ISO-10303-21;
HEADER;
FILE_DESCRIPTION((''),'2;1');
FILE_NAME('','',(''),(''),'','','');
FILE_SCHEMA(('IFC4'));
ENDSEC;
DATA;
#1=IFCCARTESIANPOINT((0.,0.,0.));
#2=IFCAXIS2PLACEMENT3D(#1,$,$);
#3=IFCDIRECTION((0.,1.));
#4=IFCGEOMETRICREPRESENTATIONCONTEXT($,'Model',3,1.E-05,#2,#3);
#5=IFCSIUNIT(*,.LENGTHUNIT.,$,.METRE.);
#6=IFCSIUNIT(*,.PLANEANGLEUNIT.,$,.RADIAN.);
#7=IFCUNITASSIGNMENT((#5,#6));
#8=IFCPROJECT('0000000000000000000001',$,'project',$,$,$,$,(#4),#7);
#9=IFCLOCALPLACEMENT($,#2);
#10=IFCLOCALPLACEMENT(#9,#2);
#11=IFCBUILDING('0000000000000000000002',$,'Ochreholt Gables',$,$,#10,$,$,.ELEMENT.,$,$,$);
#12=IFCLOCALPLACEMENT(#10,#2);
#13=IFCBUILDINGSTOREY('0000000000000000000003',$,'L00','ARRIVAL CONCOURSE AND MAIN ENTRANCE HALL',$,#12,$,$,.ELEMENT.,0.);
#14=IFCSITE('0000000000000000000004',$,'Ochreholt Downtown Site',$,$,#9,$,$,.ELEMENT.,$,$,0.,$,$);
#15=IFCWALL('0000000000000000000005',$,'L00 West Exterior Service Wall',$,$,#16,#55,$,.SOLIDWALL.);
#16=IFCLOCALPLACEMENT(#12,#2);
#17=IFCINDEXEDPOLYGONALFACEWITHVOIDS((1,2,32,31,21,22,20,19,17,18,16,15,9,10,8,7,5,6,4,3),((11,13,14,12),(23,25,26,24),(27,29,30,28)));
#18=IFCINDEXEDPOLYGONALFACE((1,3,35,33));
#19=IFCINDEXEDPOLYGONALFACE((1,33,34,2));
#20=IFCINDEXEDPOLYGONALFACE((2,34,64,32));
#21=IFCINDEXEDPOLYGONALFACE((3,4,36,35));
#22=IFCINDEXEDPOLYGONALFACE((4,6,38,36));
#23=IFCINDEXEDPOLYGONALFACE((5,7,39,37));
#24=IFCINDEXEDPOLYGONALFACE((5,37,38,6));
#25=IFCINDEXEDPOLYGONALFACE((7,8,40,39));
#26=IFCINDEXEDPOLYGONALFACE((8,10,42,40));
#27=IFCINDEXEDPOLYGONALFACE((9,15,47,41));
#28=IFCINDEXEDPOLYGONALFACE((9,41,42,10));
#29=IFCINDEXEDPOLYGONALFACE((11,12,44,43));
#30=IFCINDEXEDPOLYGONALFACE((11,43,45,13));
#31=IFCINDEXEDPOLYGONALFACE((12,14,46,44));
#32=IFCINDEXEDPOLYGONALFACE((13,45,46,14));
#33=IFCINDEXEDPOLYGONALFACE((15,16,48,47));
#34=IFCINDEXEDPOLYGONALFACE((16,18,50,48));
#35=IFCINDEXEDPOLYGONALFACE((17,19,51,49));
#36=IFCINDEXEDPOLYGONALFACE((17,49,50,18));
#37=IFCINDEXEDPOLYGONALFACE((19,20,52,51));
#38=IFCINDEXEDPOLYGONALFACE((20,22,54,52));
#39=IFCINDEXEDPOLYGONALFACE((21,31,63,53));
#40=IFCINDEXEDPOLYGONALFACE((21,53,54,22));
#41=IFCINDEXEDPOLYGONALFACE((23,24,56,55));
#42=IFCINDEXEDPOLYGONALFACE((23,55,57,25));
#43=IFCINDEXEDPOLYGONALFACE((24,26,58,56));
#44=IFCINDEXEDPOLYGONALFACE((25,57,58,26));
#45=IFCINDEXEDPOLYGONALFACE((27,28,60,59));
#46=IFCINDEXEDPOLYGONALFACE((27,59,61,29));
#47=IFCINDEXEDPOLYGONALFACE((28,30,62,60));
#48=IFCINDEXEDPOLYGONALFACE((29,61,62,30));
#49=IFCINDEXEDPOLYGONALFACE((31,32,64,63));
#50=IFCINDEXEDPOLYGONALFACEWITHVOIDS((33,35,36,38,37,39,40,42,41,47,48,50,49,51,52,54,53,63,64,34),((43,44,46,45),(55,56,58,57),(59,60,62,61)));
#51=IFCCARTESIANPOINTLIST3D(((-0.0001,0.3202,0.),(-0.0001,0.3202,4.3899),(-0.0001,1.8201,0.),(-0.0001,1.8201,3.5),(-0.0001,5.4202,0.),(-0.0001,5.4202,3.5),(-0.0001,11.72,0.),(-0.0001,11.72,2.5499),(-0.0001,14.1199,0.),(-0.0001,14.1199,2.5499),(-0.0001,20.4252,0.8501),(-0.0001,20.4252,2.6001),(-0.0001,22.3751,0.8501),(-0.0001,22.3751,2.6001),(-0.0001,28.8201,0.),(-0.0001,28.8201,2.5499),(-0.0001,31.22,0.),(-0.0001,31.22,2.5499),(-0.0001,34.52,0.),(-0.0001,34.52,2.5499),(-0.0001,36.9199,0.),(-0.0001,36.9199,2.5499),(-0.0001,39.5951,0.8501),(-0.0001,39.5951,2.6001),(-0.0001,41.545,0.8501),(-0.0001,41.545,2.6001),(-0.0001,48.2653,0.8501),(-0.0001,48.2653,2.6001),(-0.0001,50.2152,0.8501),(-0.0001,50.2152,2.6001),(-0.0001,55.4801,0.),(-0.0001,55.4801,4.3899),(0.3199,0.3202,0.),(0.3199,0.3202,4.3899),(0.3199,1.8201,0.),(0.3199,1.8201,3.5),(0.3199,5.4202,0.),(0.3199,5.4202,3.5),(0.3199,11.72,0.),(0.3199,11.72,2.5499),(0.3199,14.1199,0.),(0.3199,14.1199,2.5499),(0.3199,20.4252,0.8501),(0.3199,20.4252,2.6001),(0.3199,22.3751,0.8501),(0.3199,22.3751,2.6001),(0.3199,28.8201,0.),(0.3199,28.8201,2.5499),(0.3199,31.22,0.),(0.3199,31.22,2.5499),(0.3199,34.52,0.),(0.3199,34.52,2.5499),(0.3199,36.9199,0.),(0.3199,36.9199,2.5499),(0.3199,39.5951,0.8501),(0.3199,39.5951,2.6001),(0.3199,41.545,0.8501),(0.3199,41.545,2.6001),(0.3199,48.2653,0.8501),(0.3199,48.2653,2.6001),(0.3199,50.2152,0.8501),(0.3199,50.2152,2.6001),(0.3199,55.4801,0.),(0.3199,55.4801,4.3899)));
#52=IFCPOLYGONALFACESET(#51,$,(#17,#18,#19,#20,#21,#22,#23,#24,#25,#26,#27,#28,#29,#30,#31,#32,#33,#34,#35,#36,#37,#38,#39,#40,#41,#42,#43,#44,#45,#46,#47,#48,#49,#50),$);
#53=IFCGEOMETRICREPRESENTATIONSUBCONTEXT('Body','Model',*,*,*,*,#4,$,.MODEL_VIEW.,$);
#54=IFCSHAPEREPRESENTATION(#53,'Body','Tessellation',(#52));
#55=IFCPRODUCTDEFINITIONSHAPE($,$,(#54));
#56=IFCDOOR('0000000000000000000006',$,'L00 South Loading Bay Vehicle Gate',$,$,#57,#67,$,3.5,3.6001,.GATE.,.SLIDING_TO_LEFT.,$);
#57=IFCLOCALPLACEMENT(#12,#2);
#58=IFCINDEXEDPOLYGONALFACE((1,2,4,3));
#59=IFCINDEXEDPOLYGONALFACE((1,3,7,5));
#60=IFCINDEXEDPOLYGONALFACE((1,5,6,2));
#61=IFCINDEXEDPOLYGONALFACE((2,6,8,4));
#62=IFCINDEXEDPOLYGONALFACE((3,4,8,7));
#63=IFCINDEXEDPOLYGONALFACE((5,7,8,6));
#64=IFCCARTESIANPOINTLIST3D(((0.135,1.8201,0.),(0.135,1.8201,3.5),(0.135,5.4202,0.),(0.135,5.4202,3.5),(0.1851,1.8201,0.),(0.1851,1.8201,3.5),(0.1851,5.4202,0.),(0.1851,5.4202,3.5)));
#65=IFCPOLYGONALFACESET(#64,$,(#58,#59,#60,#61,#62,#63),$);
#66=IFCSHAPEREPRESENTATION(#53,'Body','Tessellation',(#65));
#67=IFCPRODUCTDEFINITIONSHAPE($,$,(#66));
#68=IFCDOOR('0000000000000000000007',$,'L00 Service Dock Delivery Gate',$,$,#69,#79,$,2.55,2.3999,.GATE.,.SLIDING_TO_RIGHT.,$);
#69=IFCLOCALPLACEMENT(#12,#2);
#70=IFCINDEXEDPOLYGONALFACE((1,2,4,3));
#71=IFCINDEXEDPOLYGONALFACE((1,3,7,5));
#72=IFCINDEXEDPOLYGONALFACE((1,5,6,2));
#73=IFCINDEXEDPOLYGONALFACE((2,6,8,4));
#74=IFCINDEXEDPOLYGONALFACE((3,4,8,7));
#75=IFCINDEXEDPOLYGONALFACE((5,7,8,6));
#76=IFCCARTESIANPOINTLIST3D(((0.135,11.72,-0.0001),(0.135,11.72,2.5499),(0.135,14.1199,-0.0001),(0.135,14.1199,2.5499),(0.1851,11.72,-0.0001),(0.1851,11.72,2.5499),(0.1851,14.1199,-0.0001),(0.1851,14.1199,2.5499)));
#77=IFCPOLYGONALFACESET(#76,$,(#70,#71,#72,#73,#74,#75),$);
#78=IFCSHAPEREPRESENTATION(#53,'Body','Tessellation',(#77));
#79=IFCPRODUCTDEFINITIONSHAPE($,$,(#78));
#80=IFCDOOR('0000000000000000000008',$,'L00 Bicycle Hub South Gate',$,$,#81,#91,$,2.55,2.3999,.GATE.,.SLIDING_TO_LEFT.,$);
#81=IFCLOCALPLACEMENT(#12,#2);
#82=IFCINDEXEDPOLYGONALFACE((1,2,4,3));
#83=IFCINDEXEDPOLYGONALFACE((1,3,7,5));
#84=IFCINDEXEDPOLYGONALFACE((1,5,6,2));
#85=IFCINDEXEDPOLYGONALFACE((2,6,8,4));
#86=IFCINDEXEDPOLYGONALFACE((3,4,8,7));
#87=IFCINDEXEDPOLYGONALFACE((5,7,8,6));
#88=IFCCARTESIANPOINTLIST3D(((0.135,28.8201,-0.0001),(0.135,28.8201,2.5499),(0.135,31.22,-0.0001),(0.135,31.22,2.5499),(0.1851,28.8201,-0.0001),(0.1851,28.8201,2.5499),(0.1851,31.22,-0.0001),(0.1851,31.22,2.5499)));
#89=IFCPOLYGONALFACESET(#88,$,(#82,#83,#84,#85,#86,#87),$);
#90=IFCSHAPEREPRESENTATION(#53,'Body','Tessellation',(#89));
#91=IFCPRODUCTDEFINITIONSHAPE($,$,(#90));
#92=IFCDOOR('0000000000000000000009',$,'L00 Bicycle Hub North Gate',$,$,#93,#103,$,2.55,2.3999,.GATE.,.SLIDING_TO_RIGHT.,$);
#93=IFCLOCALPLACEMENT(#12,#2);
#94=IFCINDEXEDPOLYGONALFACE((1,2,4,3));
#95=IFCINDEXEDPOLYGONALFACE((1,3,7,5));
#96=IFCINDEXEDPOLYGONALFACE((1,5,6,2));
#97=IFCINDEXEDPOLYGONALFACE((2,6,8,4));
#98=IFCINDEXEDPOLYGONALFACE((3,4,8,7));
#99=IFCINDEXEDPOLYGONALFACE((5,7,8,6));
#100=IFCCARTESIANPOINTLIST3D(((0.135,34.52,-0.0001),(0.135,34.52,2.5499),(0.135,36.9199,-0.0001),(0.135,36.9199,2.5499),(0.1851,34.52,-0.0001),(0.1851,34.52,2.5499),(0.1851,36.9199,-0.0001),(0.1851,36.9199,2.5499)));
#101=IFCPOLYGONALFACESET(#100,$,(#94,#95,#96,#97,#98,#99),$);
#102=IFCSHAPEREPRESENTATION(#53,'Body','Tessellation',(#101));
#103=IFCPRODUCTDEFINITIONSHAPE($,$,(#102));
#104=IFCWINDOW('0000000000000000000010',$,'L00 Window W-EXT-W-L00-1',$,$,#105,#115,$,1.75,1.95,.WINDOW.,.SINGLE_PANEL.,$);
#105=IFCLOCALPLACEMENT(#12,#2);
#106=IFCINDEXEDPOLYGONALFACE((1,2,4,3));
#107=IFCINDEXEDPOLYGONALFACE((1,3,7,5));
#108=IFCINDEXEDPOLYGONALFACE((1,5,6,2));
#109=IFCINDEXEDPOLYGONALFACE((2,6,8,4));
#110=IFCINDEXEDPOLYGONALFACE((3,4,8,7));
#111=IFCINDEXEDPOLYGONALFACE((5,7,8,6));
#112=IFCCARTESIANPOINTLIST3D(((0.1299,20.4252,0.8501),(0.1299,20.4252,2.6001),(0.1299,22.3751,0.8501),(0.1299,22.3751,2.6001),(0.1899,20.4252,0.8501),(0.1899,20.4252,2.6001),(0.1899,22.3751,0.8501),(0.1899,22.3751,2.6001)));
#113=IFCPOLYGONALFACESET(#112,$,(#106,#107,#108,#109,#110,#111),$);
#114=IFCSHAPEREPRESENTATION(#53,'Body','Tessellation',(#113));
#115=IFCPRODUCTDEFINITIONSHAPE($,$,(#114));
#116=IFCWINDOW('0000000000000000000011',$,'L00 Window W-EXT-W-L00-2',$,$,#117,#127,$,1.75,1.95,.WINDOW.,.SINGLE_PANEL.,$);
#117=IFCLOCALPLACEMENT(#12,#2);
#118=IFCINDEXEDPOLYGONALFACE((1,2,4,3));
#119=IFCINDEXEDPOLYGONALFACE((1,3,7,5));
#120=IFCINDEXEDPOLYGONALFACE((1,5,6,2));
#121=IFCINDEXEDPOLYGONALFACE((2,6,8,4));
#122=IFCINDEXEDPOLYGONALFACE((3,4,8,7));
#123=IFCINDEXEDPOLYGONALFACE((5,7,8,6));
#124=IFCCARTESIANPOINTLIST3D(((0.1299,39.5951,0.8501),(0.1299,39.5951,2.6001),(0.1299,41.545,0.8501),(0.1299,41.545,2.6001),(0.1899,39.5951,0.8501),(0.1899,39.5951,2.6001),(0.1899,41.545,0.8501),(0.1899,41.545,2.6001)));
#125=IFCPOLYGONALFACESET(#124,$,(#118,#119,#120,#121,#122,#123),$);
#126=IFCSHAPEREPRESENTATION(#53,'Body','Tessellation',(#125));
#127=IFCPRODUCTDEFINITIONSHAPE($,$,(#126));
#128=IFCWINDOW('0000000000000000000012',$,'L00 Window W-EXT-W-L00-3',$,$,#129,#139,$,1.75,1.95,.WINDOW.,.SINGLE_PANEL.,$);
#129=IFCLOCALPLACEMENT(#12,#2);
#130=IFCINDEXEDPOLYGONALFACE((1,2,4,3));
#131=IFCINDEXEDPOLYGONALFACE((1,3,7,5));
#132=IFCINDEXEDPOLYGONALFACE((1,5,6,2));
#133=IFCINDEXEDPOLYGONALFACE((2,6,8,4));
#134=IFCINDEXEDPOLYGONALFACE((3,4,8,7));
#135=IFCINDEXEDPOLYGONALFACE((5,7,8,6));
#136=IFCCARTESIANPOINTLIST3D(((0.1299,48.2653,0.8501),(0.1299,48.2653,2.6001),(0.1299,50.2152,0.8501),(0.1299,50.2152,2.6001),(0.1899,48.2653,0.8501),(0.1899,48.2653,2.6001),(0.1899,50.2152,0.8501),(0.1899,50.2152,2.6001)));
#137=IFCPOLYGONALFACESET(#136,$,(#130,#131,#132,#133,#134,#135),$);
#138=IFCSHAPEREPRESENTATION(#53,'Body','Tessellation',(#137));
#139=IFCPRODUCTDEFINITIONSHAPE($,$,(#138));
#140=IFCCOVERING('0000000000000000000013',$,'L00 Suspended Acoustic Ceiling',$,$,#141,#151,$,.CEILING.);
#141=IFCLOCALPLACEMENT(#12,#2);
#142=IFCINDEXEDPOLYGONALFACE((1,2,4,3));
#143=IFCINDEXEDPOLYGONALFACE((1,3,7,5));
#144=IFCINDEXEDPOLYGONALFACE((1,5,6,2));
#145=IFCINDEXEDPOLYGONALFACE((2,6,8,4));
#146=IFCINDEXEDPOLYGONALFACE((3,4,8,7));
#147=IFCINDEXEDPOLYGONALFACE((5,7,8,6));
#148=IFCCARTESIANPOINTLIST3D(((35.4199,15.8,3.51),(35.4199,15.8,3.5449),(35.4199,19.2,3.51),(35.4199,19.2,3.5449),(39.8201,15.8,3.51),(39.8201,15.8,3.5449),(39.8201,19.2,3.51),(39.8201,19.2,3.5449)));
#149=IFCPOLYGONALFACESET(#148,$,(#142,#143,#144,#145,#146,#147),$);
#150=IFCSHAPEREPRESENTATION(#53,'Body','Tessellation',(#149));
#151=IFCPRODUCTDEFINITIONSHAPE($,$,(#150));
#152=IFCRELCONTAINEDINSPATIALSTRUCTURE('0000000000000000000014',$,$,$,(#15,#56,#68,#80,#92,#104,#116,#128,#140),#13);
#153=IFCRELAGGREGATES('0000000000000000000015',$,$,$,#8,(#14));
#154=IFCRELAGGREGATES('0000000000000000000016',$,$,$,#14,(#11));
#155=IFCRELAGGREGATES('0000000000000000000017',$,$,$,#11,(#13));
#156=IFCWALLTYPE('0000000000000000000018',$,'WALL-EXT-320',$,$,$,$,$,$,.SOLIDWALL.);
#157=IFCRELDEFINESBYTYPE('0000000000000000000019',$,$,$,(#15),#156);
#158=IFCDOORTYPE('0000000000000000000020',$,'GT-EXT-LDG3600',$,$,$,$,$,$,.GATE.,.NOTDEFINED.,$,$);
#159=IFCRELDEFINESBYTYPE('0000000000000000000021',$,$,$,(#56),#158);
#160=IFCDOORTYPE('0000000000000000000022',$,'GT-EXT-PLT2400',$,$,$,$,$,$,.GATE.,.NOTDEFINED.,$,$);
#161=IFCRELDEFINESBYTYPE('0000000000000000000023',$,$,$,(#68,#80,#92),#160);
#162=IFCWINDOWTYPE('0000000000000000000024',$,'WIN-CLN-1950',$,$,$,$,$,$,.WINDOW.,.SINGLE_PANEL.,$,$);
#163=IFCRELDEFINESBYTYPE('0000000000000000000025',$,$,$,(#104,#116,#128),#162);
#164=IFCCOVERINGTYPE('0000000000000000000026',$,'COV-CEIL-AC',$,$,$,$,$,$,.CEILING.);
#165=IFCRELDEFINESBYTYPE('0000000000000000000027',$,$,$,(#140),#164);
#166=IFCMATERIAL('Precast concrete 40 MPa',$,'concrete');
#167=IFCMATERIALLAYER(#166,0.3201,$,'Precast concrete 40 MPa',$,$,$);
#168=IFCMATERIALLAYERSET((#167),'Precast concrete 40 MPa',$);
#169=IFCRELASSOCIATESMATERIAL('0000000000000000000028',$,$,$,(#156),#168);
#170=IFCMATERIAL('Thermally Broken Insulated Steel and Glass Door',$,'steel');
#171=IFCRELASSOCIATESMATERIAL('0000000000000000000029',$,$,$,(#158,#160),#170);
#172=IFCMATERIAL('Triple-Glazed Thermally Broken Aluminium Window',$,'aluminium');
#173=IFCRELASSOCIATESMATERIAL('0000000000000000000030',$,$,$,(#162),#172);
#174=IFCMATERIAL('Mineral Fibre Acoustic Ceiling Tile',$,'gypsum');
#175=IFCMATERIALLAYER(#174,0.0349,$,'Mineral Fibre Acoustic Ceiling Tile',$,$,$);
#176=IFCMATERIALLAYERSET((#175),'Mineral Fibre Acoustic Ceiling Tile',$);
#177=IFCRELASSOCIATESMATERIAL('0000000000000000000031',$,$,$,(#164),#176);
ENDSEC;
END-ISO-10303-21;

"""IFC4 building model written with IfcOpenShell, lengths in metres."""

from ifc_helpers import new_model, si_unit, direction, frame, frame_2d, origin, place, context, subcontext, project, spatial, polyline, rectangle, outline, extrude, material, layer, layer_set, type_object, element, fill, save


model = new_model("IFC4")

# Units and contexts
model_context = context("Model", 3, precision=1e-05, world=origin(), true_north=direction((0.0, 1.0)))
body_context = subcontext(model_context, "Body", "Model", "MODEL_VIEW")
ifc_project = project(units=[si_unit("LENGTHUNIT", "METRE"), si_unit("PLANEANGLEUNIT", "RADIAN")], contexts=[model_context])

# Site, building, storey
site_placement = place(None, origin())
site = spatial("IfcSite", under=ifc_project, at=site_placement, Name="Ochreholt Downtown Site", CompositionType="ELEMENT", RefElevation=0.0)
building_placement = place(site_placement, origin())
building = spatial("IfcBuilding", under=site, at=building_placement, Name="Ochreholt Gables", CompositionType="ELEMENT")
storey_placement = place(building_placement, origin())
storey = spatial("IfcBuildingStorey", under=building, at=storey_placement, Name="L00", Description="ARRIVAL CONCOURSE AND MAIN ENTRANCE HALL", CompositionType="ELEMENT", Elevation=0.0)

# Wall, openings, doors, windows
ifc_material_1 = material(Name="Precast concrete 40 MPa", Category="concrete")
ifc_layer_1 = layer(ifc_material_1, 0.3201, Name="Precast concrete 40 MPa")
ifc_layer_set_1 = layer_set([ifc_layer_1], Name="Precast concrete 40 MPa")
wall_type = type_object("IfcWallType", Name="WALL-EXT-320", PredefinedType="SOLIDWALL", material=ifc_layer_set_1)
ifc_material_2 = material(Name="Thermally Broken Insulated Steel and Glass Door", Category="steel")
ifc_material_3 = material(Name="Triple-Glazed Thermally Broken Aluminium Window", Category="aluminium")
wall_1_placement = place(storey_placement, frame((0.1599, 0.3201, 0.0), z_axis=(0.0, 0.0, 1.0), x_axis=(0.0, 1.0, 0.0)))
wall_1 = element("IfcWall", 1, at=wall_1_placement, inside=storey, type_object=wall_type, Name="L00 West Exterior Service Wall", PredefinedType="SOLIDWALL", context=body_context, shape_type="SweptSolid", body=[
    extrude(rectangle(XDim=55.1599, YDim=0.3201, at=frame_2d((27.5801, 0.0))), origin(), (0.0, 0.0, 1.0), 4.3899),
])
opening_1_placement = place(wall_1_placement, frame((1.5, 0.0, 0.0)))
opening_1 = element("IfcOpeningElement", 2, at=opening_1_placement, cuts=wall_1, PredefinedType="OPENING", context=body_context, shape_type="SweptSolid", body=[
    extrude(rectangle(XDim=3.6001, YDim=3.5, at=frame_2d((1.8, 1.75))), frame((0.0, 0.1699, 0.0), z_axis=(0.0, -1.0, 0.0), x_axis=(1.0, 0.0, 0.0)), (0.0, 0.0, 1.0), 0.3401),
])
opening_2_placement = place(wall_1_placement, frame((11.3999, 0.0, 0.0)))
opening_2 = element("IfcOpeningElement", 3, at=opening_2_placement, cuts=wall_1, PredefinedType="OPENING", context=body_context, shape_type="SweptSolid", body=[
    extrude(rectangle(XDim=2.3999, YDim=2.55, at=frame_2d((1.2, 1.2749))), frame((0.0, 0.1699, 0.0), z_axis=(0.0, -1.0, 0.0), x_axis=(1.0, 0.0, 0.0)), (0.0, 0.0, 1.0), 0.3401),
])
opening_3_placement = place(wall_1_placement, frame((28.5, 0.0, 0.0)))
opening_3 = element("IfcOpeningElement", 4, at=opening_3_placement, cuts=wall_1, PredefinedType="OPENING", context=body_context, shape_type="SweptSolid", body=[
    extrude(rectangle(XDim=2.3999, YDim=2.55, at=frame_2d((1.2, 1.2749))), frame((0.0, 0.1699, 0.0), z_axis=(0.0, -1.0, 0.0), x_axis=(1.0, 0.0, 0.0)), (0.0, 0.0, 1.0), 0.3401),
])
opening_4_placement = place(wall_1_placement, frame((34.2, 0.0, 0.0)))
opening_4 = element("IfcOpeningElement", 5, at=opening_4_placement, cuts=wall_1, PredefinedType="OPENING", context=body_context, shape_type="SweptSolid", body=[
    extrude(rectangle(XDim=2.3999, YDim=2.55, at=frame_2d((1.2, 1.2749))), frame((0.0, 0.1699, 0.0), z_axis=(0.0, -1.0, 0.0), x_axis=(1.0, 0.0, 0.0)), (0.0, 0.0, 1.0), 0.3401),
])
opening_5_placement = place(wall_1_placement, frame((20.105, 0.0, 0.8501)))
opening_5 = element("IfcOpeningElement", 6, at=opening_5_placement, cuts=wall_1, PredefinedType="OPENING", context=body_context, shape_type="SweptSolid", body=[
    extrude(rectangle(XDim=1.95, YDim=1.75, at=frame_2d((0.9751, 0.875))), frame((0.0, 0.1699, 0.0), z_axis=(0.0, -1.0, 0.0), x_axis=(1.0, 0.0, 0.0)), (0.0, 0.0, 1.0), 0.3401),
])
opening_6_placement = place(wall_1_placement, frame((39.2749, 0.0, 0.8501)))
opening_6 = element("IfcOpeningElement", 7, at=opening_6_placement, cuts=wall_1, PredefinedType="OPENING", context=body_context, shape_type="SweptSolid", body=[
    extrude(rectangle(XDim=1.95, YDim=1.75, at=frame_2d((0.9751, 0.875))), frame((0.0, 0.1699, 0.0), z_axis=(0.0, -1.0, 0.0), x_axis=(1.0, 0.0, 0.0)), (0.0, 0.0, 1.0), 0.3401),
])
opening_7_placement = place(wall_1_placement, frame((47.9451, 0.0, 0.8501)))
opening_7 = element("IfcOpeningElement", 8, at=opening_7_placement, cuts=wall_1, PredefinedType="OPENING", context=body_context, shape_type="SweptSolid", body=[
    extrude(rectangle(XDim=1.95, YDim=1.75, at=frame_2d((0.9751, 0.875))), frame((0.0, 0.1699, 0.0), z_axis=(0.0, -1.0, 0.0), x_axis=(1.0, 0.0, 0.0)), (0.0, 0.0, 1.0), 0.3401),
])
door_type_1 = type_object("IfcDoorType", Name="GT-EXT-LDG3600", OperationType="NOTDEFINED", PredefinedType="GATE", material=ifc_material_2)
door_1_placement = place(opening_1_placement, origin())
door_1 = element("IfcDoor", 9, at=door_1_placement, inside=storey, type_object=door_type_1, Name="L00 South Loading Bay Vehicle Gate", OperationType="SLIDING_TO_LEFT", OverallHeight=3.5, OverallWidth=3.6001, PredefinedType="GATE", context=body_context, shape_type="SweptSolid", body=[
    extrude(rectangle(XDim=3.6001, YDim=3.5, at=frame_2d((1.8, 1.75))), frame((0.0, 0.0249, 0.0), z_axis=(0.0, -1.0, 0.0), x_axis=(1.0, 0.0, 0.0)), (0.0, 0.0, 1.0), 0.05),
])
fill(opening_1, door_1)
door_type_2 = type_object("IfcDoorType", Name="GT-EXT-PLT2400", OperationType="NOTDEFINED", PredefinedType="GATE", material=ifc_material_2)
door_2_placement = place(opening_2_placement, origin())
door_2 = element("IfcDoor", 10, at=door_2_placement, inside=storey, type_object=door_type_2, Name="L00 Service Dock Delivery Gate", OperationType="SLIDING_TO_RIGHT", OverallHeight=2.55, OverallWidth=2.3999, PredefinedType="GATE", context=body_context, shape_type="SweptSolid", body=[
    extrude(rectangle(XDim=2.3999, YDim=2.55, at=frame_2d((1.2, 1.2749))), frame((0.0, 0.0249, 0.0), z_axis=(0.0, -1.0, 0.0), x_axis=(1.0, 0.0, 0.0)), (0.0, 0.0, 1.0), 0.05),
])
fill(opening_2, door_2)
door_3_placement = place(opening_3_placement, origin())
door_3 = element("IfcDoor", 11, at=door_3_placement, inside=storey, type_object=door_type_2, Name="L00 Bicycle Hub South Gate", OperationType="SLIDING_TO_LEFT", OverallHeight=2.55, OverallWidth=2.3999, PredefinedType="GATE", context=body_context, shape_type="SweptSolid", body=[
    extrude(rectangle(XDim=2.3999, YDim=2.55, at=frame_2d((1.2, 1.2749))), frame((0.0, 0.0249, 0.0), z_axis=(0.0, -1.0, 0.0), x_axis=(1.0, 0.0, 0.0)), (0.0, 0.0, 1.0), 0.05),
])
fill(opening_3, door_3)
door_4_placement = place(opening_4_placement, origin())
door_4 = element("IfcDoor", 12, at=door_4_placement, inside=storey, type_object=door_type_2, Name="L00 Bicycle Hub North Gate", OperationType="SLIDING_TO_RIGHT", OverallHeight=2.55, OverallWidth=2.3999, PredefinedType="GATE", context=body_context, shape_type="SweptSolid", body=[
    extrude(rectangle(XDim=2.3999, YDim=2.55, at=frame_2d((1.2, 1.2749))), frame((0.0, 0.0249, 0.0), z_axis=(0.0, -1.0, 0.0), x_axis=(1.0, 0.0, 0.0)), (0.0, 0.0, 1.0), 0.05),
])
fill(opening_4, door_4)
window_type_1 = type_object("IfcWindowType", Name="WIN-CLN-1950", PartitioningType="SINGLE_PANEL", PredefinedType="WINDOW", material=ifc_material_3)
window_1_placement = place(opening_5_placement, origin())
window_1 = element("IfcWindow", 13, at=window_1_placement, inside=storey, type_object=window_type_1, Name="L00 Window W-EXT-W-L00-1", OverallHeight=1.75, OverallWidth=1.95, PartitioningType="SINGLE_PANEL", PredefinedType="WINDOW", context=body_context, shape_type="SweptSolid", body=[
    extrude(rectangle(XDim=1.95, YDim=1.75, at=frame_2d((0.9751, 0.875))), frame((0.0, 0.03, 0.0), z_axis=(0.0, -1.0, 0.0), x_axis=(1.0, 0.0, 0.0)), (0.0, 0.0, 1.0), 0.0601),
])
fill(opening_5, window_1)
window_2_placement = place(opening_6_placement, origin())
window_2 = element("IfcWindow", 14, at=window_2_placement, inside=storey, type_object=window_type_1, Name="L00 Window W-EXT-W-L00-2", OverallHeight=1.75, OverallWidth=1.95, PartitioningType="SINGLE_PANEL", PredefinedType="WINDOW", context=body_context, shape_type="SweptSolid", body=[
    extrude(rectangle(XDim=1.95, YDim=1.75, at=frame_2d((0.9751, 0.875))), frame((0.0, 0.03, 0.0), z_axis=(0.0, -1.0, 0.0), x_axis=(1.0, 0.0, 0.0)), (0.0, 0.0, 1.0), 0.0601),
])
fill(opening_6, window_2)
window_3_placement = place(opening_7_placement, origin())
window_3 = element("IfcWindow", 15, at=window_3_placement, inside=storey, type_object=window_type_1, Name="L00 Window W-EXT-W-L00-3", OverallHeight=1.75, OverallWidth=1.95, PartitioningType="SINGLE_PANEL", PredefinedType="WINDOW", context=body_context, shape_type="SweptSolid", body=[
    extrude(rectangle(XDim=1.95, YDim=1.75, at=frame_2d((0.9751, 0.875))), frame((0.0, 0.03, 0.0), z_axis=(0.0, -1.0, 0.0), x_axis=(1.0, 0.0, 0.0)), (0.0, 0.0, 1.0), 0.0601),
])
fill(opening_7, window_3)

# Covering
ifc_material_4 = material(Name="Mineral Fibre Acoustic Ceiling Tile", Category="gypsum")
ifc_layer_2 = layer(ifc_material_4, 0.0349, Name="Mineral Fibre Acoustic Ceiling Tile")
ifc_layer_set_2 = layer_set([ifc_layer_2], Name="Mineral Fibre Acoustic Ceiling Tile")
covering_type_1 = type_object("IfcCoveringType", Name="COV-CEIL-AC", PredefinedType="CEILING", material=ifc_layer_set_2)
covering_1_placement = place(storey_placement, frame((0.0, 0.0, 3.51)))
element("IfcCovering", 16, at=covering_1_placement, inside=storey, type_object=covering_type_1, Name="L00 Suspended Acoustic Ceiling", PredefinedType="CEILING", context=body_context, shape_type="SweptSolid", body=[
    extrude(outline(polyline([(35.4199, 15.8), (39.8201, 15.8), (39.8201, 19.2), (35.4199, 19.2), (35.4199, 15.8)])), origin(), (0.0, 0.0, 1.0), 0.0349),
])

save(model, "model.ifc")
